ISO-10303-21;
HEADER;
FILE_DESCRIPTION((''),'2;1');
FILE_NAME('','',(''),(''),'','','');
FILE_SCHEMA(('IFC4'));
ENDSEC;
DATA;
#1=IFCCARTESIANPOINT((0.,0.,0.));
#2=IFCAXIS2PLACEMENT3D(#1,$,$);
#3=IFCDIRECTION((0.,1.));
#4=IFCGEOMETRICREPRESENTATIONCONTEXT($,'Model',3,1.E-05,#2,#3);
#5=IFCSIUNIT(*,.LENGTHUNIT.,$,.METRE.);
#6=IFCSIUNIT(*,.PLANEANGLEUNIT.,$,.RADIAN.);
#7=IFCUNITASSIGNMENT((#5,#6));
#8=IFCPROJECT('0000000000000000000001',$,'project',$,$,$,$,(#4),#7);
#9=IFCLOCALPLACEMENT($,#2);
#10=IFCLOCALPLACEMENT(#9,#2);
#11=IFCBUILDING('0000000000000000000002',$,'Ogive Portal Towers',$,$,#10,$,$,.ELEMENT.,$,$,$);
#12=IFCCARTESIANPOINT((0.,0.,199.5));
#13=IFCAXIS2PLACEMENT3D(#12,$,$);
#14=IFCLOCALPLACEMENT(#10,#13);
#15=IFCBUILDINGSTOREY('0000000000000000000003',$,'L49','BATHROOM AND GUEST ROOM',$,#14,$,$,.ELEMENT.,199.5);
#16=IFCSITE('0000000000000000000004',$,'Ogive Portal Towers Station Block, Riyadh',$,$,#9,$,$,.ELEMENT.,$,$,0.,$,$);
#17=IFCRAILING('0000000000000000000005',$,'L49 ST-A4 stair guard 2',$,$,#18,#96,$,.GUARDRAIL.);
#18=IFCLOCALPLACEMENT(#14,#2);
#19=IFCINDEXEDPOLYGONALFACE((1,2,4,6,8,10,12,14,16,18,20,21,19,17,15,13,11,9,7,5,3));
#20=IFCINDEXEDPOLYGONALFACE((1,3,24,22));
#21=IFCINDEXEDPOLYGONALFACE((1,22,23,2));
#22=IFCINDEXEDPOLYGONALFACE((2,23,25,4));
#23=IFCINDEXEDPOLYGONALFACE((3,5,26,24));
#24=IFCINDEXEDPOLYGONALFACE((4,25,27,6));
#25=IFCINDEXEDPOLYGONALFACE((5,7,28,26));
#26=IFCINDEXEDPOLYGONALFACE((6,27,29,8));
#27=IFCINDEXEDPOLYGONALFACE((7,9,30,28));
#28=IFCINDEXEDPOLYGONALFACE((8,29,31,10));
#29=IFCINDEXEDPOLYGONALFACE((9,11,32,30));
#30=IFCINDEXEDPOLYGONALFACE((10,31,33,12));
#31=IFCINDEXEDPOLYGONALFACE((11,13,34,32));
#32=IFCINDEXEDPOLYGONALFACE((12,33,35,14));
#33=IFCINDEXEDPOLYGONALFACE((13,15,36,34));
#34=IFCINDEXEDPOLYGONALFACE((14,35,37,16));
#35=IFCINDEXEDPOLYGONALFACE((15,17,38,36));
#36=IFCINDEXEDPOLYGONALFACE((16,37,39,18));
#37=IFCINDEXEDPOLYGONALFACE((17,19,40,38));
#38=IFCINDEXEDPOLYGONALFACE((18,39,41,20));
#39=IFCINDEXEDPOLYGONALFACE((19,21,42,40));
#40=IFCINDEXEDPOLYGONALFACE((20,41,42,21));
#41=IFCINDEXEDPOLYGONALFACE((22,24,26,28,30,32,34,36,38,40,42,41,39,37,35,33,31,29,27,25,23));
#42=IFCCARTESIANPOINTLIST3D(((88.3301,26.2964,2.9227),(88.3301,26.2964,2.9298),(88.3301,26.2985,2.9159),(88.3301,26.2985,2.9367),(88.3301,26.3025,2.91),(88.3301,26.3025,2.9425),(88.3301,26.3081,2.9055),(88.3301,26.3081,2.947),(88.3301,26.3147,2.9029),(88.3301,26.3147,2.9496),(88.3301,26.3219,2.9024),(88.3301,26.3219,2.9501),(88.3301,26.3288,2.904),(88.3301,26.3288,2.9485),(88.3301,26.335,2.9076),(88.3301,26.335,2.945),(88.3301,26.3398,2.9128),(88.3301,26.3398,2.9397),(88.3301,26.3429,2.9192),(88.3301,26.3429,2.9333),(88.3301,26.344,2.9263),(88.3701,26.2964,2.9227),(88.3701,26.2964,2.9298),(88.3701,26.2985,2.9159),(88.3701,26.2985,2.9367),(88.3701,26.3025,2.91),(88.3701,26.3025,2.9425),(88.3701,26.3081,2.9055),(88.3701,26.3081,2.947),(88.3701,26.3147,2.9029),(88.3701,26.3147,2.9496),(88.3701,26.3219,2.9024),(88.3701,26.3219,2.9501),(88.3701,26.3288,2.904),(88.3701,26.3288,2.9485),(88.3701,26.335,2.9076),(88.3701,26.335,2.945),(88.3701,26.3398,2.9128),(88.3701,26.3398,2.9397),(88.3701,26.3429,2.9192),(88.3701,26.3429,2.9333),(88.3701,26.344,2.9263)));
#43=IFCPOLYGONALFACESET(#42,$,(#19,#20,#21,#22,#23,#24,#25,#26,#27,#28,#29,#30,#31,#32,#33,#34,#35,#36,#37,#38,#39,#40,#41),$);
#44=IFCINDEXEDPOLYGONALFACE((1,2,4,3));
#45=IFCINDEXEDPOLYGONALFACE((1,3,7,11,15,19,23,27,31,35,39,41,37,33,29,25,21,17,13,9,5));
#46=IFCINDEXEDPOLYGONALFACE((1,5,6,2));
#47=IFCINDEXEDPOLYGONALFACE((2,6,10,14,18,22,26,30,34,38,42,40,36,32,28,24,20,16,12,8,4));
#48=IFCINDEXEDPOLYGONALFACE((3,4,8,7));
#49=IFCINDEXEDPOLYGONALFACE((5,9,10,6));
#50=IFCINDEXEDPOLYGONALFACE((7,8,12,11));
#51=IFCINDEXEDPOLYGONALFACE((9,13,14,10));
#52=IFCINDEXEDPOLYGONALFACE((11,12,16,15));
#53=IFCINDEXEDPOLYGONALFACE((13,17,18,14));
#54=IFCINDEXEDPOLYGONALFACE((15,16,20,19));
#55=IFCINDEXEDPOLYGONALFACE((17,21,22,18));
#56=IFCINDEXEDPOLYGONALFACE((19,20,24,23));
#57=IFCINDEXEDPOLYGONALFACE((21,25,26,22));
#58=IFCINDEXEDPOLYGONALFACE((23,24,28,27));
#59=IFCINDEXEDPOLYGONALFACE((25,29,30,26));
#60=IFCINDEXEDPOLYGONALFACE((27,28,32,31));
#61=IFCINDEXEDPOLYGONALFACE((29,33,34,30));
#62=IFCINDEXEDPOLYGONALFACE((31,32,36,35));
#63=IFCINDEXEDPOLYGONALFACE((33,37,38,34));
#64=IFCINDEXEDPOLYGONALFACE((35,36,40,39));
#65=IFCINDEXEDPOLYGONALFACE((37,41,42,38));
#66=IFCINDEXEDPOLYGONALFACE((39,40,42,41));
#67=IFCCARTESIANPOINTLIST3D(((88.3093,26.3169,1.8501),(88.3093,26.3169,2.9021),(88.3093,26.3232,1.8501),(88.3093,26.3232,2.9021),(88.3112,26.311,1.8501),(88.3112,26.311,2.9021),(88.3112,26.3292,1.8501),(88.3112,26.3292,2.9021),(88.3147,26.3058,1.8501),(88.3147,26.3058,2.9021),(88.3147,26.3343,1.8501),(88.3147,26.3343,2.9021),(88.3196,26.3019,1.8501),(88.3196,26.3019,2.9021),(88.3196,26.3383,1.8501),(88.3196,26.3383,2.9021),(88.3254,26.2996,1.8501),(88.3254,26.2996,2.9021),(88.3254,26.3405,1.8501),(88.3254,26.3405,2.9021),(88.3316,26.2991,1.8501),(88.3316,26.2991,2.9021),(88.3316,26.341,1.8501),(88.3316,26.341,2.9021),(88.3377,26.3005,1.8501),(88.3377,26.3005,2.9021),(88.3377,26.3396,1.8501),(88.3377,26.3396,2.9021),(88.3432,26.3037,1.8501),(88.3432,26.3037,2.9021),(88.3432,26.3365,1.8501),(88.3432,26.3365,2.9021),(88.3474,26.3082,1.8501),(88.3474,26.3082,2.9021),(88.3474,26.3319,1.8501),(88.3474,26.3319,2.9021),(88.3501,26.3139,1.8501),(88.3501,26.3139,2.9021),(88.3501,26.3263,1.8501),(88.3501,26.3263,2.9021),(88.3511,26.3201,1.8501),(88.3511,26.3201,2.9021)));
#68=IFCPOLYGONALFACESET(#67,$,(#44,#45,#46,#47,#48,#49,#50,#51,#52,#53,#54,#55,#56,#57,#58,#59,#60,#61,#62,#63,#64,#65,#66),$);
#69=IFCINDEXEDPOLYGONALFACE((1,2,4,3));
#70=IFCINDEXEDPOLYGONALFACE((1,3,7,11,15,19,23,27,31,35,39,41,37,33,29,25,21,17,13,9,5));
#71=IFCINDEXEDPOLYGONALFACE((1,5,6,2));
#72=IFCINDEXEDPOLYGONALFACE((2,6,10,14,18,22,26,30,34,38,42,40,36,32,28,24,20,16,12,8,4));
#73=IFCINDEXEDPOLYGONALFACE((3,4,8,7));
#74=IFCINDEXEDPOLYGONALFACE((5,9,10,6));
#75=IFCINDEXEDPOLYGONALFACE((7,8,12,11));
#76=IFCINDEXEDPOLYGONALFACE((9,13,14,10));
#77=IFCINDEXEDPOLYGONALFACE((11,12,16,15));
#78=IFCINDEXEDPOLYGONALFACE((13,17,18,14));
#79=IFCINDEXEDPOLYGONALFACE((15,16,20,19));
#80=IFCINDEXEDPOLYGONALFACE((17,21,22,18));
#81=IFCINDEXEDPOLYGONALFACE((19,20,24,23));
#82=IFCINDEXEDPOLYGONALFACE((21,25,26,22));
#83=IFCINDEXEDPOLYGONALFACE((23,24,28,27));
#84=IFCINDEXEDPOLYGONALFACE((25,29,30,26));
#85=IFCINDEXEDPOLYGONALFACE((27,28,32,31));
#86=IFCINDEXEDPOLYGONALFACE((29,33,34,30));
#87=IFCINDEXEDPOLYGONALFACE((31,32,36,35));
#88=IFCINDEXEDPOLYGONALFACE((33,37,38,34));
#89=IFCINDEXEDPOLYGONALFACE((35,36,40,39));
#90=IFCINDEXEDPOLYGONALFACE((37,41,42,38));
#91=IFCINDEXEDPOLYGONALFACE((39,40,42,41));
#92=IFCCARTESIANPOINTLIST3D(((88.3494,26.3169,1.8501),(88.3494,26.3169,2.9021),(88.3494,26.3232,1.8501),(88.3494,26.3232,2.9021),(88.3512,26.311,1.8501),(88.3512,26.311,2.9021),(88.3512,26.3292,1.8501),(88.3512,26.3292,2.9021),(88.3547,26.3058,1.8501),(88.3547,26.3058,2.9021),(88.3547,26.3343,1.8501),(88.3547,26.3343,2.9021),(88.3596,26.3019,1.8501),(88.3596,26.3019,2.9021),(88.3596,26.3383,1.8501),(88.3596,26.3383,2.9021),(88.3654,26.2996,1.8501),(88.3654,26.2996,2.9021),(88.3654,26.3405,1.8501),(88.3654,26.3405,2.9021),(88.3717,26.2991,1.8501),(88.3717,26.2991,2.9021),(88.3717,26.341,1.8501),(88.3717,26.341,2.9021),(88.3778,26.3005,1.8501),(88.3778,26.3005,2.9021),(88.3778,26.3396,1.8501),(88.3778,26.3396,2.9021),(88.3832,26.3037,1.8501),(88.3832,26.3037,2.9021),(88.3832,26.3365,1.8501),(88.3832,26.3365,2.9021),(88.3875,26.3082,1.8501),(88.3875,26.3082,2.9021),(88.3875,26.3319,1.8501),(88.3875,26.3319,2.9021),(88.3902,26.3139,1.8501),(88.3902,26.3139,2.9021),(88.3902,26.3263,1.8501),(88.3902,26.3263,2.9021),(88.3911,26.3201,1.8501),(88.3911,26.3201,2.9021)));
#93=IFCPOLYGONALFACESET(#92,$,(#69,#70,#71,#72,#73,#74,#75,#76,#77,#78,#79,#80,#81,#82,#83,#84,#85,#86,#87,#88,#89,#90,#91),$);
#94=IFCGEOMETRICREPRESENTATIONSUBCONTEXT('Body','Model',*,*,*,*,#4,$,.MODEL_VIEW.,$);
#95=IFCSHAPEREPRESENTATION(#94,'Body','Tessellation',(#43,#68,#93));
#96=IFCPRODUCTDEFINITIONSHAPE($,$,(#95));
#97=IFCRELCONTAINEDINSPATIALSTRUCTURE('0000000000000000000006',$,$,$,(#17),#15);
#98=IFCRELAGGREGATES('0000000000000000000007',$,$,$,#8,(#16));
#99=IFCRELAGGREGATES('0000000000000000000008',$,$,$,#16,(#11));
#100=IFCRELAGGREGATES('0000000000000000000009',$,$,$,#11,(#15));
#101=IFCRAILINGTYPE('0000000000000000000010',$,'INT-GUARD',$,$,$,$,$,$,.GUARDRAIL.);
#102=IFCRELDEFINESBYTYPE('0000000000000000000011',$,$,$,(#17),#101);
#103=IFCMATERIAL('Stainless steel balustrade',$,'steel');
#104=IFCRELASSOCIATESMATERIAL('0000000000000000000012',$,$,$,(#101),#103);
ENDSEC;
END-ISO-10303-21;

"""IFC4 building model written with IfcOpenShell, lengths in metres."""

from ifc_helpers import new_model, si_unit, direction, frame, origin, origin_2d, place, context, subcontext, project, spatial, circle, extrude, material, type_object, element, save


model = new_model("IFC4")

# Units and contexts
model_context = context("Model", 3, precision=1e-05, world=origin(), true_north=direction((0.0, 1.0)))
body_context = subcontext(model_context, "Body", "Model", "MODEL_VIEW")
ifc_project = project(units=[si_unit("LENGTHUNIT", "METRE"), si_unit("PLANEANGLEUNIT", "RADIAN")], contexts=[model_context])

# Site, building, storey
site_placement = place(None, origin())
site = spatial("IfcSite", under=ifc_project, at=site_placement, Name="Ogive Portal Towers Station Block, Riyadh", CompositionType="ELEMENT", RefElevation=0.0)
building_placement = place(site_placement, origin())
building = spatial("IfcBuilding", under=site, at=building_placement, Name="Ogive Portal Towers", CompositionType="ELEMENT")
storey_placement = place(building_placement, frame((0.0, 0.0, 199.5)))
storey = spatial("IfcBuildingStorey", under=building, at=storey_placement, Name="L49", Description="BATHROOM AND GUEST ROOM", CompositionType="ELEMENT", Elevation=199.5)

# Railing
ifc_material_1 = material(Name="Stainless steel balustrade", Category="steel")
railing_type_1 = type_object("IfcRailingType", Name="INT-GUARD", PredefinedType="GUARDRAIL", material=ifc_material_1)
railing_1_placement = place(storey_placement, frame((88.3301, 26.3201, 1.8501)))
element("IfcRailing", 1, at=railing_1_placement, inside=storey, type_object=railing_type_1, Name="L49 ST-A4 stair guard 2", PredefinedType="GUARDRAIL", context=body_context, shape_type="SweptSolid", body=[
    extrude(circle(Radius=0.0239, at=origin_2d()), frame((0.0, 0.0, 1.0762), z_axis=(1.0, 0.0, 0.0), x_axis=(0.0, 1.0, 0.0)), (0.0, 0.0, 1.0), 0.04),
    extrude(circle(Radius=0.021, at=origin_2d()), origin(), (0.0, 0.0, 1.0), 1.052),
    extrude(circle(Radius=0.021, at=origin_2d()), frame((0.04, 0.0, 0.0)), (0.0, 0.0, 1.0), 1.052),
])

save(model, "model.ifc")
